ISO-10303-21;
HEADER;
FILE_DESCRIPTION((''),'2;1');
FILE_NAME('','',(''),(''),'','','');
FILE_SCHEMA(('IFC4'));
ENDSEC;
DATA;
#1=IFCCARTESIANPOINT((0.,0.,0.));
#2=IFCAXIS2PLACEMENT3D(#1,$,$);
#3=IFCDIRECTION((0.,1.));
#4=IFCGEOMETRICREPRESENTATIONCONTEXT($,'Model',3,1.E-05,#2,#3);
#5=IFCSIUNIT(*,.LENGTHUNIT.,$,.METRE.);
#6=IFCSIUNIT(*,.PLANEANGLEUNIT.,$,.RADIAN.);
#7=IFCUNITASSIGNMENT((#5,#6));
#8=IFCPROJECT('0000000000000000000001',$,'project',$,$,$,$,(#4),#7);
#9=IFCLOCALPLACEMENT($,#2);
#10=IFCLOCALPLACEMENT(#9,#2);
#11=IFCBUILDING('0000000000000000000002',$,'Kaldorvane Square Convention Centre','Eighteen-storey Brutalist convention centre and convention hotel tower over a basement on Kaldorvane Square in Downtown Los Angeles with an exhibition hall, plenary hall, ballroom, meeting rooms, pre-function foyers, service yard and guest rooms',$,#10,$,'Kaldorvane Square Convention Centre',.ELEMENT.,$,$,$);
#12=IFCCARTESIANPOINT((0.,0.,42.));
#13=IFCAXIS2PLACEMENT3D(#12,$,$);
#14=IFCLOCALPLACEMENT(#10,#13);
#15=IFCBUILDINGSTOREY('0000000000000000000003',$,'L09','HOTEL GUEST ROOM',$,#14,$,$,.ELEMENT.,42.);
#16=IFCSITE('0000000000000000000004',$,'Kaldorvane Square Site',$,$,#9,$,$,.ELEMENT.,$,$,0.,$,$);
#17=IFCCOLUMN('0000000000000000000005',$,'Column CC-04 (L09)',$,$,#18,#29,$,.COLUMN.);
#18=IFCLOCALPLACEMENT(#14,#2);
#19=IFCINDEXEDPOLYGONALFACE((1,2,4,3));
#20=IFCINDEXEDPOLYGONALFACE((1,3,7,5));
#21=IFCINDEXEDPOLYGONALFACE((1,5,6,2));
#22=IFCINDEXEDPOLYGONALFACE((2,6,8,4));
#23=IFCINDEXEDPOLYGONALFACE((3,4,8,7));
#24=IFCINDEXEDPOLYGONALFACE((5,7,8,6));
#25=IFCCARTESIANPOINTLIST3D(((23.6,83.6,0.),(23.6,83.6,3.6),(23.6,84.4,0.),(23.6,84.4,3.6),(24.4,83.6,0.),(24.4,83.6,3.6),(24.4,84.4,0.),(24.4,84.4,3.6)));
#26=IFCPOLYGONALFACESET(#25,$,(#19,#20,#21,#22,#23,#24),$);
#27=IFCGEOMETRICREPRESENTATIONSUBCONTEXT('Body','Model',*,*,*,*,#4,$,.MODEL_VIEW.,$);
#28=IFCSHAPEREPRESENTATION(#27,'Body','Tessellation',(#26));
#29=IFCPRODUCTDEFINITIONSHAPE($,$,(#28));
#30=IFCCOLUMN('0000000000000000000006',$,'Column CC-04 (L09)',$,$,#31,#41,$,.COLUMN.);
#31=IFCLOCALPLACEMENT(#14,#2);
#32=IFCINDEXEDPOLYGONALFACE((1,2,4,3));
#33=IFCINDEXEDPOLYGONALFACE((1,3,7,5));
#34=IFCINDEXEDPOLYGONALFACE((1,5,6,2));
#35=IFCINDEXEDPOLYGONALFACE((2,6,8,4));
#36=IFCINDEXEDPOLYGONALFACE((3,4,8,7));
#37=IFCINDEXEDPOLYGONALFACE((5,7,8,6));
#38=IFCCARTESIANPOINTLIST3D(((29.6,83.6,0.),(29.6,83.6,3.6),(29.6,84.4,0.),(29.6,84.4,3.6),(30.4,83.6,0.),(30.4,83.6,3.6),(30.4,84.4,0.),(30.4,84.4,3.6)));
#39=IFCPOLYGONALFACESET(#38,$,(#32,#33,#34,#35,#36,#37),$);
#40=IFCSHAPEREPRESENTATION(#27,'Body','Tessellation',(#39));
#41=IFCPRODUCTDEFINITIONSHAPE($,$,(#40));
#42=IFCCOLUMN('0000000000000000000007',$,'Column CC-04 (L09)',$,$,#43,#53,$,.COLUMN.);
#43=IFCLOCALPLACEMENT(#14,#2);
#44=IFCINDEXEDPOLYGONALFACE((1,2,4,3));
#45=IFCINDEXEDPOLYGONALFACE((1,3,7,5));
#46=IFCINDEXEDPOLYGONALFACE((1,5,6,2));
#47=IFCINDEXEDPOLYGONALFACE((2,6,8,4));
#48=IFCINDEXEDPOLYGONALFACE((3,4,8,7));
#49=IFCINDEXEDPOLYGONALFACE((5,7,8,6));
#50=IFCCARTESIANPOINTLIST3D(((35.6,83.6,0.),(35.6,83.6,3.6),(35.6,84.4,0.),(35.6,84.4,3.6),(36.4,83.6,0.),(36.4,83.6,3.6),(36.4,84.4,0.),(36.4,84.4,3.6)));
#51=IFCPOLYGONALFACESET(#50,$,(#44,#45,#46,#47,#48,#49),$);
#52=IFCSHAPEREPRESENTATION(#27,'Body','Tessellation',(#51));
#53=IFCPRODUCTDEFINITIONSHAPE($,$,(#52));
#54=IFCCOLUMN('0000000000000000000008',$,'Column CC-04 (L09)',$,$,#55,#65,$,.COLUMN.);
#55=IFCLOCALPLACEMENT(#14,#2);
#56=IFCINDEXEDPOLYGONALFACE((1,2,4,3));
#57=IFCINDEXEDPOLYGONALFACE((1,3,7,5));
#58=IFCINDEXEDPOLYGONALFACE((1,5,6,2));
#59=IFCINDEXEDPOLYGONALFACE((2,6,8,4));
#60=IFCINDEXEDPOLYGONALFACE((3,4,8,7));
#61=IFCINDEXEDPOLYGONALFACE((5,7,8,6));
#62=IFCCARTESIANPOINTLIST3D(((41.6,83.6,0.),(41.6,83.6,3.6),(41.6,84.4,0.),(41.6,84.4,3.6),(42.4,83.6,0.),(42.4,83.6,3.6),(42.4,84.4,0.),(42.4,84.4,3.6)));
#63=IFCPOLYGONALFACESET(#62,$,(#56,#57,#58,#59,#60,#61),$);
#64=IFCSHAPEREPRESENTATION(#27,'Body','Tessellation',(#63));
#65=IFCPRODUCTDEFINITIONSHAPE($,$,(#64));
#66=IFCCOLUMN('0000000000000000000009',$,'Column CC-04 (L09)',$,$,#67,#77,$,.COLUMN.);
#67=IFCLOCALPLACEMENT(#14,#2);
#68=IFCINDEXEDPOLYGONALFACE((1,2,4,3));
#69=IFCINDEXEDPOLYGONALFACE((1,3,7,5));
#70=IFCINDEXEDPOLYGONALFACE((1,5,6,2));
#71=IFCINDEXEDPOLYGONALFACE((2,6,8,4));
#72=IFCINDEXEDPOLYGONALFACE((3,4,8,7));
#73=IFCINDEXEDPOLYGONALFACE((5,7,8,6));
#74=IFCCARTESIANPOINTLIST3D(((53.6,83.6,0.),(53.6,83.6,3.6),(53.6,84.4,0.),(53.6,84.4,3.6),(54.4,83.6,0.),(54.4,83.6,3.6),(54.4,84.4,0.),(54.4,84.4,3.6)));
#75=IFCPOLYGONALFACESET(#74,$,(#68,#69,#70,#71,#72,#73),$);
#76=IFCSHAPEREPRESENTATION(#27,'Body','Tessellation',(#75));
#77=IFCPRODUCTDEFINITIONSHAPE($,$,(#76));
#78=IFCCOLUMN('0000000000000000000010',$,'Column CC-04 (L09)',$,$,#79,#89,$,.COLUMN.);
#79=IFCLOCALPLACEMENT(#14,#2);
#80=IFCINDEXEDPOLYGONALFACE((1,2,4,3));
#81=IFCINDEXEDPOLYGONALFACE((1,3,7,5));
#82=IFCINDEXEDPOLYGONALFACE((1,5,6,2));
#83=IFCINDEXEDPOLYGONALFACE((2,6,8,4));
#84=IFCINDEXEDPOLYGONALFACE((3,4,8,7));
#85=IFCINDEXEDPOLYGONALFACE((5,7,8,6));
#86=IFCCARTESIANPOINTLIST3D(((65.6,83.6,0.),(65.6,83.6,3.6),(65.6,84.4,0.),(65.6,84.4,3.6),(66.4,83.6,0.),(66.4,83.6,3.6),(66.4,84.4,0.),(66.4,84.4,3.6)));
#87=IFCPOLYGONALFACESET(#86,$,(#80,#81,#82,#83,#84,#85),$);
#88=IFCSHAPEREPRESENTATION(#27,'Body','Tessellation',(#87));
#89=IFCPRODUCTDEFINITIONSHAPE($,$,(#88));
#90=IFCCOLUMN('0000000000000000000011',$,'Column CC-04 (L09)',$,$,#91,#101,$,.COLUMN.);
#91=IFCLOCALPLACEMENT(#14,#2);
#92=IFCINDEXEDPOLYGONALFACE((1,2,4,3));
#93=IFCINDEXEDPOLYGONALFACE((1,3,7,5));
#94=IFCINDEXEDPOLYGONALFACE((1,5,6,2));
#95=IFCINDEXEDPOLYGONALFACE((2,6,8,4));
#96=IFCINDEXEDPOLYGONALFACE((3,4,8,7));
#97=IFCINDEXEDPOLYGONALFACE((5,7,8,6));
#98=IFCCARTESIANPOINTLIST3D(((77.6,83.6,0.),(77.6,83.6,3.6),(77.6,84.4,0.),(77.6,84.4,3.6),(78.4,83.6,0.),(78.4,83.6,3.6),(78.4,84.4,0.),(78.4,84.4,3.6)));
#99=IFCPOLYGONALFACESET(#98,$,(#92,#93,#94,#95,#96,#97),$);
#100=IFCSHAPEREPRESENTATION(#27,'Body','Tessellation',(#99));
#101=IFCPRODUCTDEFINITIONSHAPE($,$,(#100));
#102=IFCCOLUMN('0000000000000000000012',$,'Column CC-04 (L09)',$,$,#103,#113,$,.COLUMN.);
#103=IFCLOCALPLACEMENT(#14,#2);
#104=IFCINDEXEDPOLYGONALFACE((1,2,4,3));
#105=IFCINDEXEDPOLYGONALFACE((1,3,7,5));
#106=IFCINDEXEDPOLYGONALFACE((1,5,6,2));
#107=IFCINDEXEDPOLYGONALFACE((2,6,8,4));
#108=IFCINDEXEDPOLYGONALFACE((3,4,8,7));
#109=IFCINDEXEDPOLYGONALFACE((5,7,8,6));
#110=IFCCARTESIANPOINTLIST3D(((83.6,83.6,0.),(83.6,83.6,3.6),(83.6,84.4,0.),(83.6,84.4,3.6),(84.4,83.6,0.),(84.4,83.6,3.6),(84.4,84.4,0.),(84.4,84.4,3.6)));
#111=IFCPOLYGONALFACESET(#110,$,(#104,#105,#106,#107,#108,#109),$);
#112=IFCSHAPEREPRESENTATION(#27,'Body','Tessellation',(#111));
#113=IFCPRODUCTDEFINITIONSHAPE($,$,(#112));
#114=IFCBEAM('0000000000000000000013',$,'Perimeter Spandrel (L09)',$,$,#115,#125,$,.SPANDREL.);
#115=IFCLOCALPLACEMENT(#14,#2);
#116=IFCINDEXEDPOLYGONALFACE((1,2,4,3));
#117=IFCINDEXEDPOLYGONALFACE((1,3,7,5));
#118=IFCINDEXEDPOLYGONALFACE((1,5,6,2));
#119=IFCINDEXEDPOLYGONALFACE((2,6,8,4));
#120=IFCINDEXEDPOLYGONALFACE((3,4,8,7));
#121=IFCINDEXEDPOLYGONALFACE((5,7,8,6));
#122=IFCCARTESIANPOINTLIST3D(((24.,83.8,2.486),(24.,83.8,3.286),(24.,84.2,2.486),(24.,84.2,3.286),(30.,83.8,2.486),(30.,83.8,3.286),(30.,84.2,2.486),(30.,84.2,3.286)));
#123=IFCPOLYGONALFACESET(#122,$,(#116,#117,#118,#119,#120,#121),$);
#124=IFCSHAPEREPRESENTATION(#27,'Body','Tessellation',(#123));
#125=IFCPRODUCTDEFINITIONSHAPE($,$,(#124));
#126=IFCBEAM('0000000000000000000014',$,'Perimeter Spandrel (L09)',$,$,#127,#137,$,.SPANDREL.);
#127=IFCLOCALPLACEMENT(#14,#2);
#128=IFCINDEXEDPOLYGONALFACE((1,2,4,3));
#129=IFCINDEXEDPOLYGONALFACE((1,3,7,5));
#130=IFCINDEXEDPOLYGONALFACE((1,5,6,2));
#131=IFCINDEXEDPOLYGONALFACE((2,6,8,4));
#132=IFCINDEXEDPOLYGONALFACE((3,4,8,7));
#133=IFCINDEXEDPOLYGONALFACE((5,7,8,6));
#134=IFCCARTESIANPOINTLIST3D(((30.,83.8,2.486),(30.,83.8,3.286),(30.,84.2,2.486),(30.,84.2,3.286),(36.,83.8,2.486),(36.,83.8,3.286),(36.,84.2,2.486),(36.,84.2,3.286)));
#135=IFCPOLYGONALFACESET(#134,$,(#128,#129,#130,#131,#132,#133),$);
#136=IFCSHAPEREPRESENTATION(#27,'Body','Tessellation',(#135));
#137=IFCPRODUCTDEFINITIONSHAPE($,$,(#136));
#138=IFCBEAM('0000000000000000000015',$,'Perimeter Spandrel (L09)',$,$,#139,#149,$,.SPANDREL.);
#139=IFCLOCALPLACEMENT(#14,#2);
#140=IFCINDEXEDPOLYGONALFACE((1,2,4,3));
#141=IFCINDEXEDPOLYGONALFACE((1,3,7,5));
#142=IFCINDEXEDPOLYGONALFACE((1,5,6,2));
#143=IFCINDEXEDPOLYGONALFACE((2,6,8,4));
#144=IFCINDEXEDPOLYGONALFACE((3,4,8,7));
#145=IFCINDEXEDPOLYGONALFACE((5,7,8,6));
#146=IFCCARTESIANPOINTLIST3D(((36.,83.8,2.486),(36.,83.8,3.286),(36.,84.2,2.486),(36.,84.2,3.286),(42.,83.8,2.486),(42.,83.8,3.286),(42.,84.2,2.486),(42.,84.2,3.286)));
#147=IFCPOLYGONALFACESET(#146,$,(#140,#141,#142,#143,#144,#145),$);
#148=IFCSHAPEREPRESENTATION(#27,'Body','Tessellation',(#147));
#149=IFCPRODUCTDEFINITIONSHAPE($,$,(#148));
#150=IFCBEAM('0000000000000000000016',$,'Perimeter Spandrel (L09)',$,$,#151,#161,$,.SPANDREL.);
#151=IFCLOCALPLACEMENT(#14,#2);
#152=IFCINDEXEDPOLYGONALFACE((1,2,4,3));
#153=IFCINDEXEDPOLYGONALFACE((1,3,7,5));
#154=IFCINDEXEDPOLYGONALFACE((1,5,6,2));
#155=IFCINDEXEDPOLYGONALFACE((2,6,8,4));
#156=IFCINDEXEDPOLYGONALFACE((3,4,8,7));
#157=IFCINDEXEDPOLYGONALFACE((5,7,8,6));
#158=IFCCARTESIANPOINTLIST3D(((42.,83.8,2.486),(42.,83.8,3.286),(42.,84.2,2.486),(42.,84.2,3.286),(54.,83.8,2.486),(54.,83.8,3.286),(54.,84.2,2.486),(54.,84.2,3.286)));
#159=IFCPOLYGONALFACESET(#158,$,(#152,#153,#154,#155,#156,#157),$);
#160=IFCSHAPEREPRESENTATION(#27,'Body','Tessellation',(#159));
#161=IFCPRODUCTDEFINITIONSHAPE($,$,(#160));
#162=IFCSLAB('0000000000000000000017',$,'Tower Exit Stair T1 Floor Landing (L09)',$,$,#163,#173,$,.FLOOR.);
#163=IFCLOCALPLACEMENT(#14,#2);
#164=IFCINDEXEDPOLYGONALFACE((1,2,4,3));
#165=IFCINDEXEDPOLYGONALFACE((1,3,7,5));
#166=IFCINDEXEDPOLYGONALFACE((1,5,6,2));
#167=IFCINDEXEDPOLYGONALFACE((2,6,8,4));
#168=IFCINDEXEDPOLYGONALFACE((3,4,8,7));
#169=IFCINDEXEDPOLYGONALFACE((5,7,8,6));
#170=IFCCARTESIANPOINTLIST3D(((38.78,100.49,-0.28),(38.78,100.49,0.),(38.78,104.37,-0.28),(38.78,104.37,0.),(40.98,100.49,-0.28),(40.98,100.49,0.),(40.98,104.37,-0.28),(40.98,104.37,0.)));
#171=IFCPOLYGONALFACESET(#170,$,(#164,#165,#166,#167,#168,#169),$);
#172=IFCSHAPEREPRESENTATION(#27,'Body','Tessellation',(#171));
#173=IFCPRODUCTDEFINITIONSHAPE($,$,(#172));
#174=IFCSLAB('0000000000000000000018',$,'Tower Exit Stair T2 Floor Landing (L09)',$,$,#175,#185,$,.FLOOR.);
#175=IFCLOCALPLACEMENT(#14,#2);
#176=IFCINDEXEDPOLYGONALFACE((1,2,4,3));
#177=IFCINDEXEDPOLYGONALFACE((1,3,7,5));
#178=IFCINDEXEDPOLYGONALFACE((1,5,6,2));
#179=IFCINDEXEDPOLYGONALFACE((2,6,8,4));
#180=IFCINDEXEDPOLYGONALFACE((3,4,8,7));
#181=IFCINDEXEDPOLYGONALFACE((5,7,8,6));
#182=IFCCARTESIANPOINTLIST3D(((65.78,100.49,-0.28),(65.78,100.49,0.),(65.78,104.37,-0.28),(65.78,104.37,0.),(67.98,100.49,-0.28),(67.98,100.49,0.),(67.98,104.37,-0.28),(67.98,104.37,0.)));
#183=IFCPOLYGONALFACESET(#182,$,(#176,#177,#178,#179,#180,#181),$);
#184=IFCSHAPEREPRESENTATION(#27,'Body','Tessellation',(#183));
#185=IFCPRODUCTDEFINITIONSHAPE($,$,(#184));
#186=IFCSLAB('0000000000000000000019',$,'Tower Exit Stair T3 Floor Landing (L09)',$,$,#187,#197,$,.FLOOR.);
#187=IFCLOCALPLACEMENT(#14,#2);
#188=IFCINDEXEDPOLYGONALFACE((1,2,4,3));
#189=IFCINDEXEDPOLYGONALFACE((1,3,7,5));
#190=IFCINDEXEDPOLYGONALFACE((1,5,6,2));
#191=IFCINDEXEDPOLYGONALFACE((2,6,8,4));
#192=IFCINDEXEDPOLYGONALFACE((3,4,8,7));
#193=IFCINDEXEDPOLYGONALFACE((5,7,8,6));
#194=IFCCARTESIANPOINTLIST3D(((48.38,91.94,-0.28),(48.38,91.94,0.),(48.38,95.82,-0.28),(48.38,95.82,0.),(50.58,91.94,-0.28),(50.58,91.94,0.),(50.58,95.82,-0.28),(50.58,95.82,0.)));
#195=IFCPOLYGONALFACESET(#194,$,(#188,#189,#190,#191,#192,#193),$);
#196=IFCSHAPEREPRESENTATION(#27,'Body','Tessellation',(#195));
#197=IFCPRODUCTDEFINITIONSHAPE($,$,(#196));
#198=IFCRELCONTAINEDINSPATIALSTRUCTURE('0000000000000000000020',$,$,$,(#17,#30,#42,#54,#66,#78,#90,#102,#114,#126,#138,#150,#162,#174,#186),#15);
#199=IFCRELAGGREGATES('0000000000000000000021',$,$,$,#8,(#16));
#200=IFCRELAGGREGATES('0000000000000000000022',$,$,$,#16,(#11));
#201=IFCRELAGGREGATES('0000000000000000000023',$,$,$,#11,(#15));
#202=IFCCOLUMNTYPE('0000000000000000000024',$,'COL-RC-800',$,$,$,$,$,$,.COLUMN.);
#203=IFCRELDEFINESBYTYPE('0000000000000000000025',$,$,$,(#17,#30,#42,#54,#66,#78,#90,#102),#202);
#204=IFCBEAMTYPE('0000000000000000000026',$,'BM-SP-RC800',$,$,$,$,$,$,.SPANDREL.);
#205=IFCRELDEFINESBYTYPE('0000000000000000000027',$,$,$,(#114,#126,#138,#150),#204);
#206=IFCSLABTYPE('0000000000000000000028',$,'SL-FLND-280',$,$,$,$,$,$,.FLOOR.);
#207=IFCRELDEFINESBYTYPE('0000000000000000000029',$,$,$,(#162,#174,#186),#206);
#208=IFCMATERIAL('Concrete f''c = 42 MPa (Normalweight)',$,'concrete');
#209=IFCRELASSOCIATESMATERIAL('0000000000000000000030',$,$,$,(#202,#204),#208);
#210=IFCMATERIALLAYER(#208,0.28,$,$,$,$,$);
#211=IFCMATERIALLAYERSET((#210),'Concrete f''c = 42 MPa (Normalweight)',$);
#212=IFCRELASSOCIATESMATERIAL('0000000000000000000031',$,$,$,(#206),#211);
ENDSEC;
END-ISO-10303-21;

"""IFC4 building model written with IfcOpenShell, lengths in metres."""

from ifc_helpers import new_model, si_unit, direction, frame, origin, origin_2d, place, context, subcontext, project, spatial, polyline, rectangle, outline, extrude, material, layer, layer_set, material_profile, profile_set, type_object, element, save


model = new_model("IFC4")

# Units and contexts
model_context = context("Model", 3, precision=1e-05, world=origin(), true_north=direction((0.0, 1.0)))
body_context = subcontext(model_context, "Body", "Model", "MODEL_VIEW")
ifc_project = project(units=[si_unit("LENGTHUNIT", "METRE"), si_unit("PLANEANGLEUNIT", "RADIAN")], contexts=[model_context])

# Site, building, storey
site_placement = place(None, origin())
site = spatial("IfcSite", under=ifc_project, at=site_placement, Name="Kaldorvane Square Site", CompositionType="ELEMENT", RefElevation=0.0)
building_placement = place(site_placement, origin())
building = spatial("IfcBuilding", under=site, at=building_placement, Name="Kaldorvane Square Convention Centre", Description="Eighteen-storey Brutalist convention centre and convention hotel tower over a basement on Kaldorvane Square in Downtown Los Angeles with an exhibition hall, plenary hall, ballroom, meeting rooms, pre-function foyers, service yard and guest rooms", LongName="Kaldorvane Square Convention Centre", CompositionType="ELEMENT")
storey_placement = place(building_placement, frame((0.0, 0.0, 42.0)))
storey = spatial("IfcBuildingStorey", under=building, at=storey_placement, Name="L09", Description="HOTEL GUEST ROOM", CompositionType="ELEMENT", Elevation=42.0)

# Columns
ifc_material = material(Name="Concrete f'c = 42 MPa (Normalweight)", Category="concrete")
ifc_material_profile_1 = material_profile(ifc_material, rectangle(XDim=0.8, YDim=0.8, at=origin_2d()), Name="RC800X800")
ifc_profile_set_1 = profile_set([ifc_material_profile_1], Name="Concrete f'c = 42 MPa (Normalweight)")
column_type = type_object("IfcColumnType", Name="COL-RC-800", PredefinedType="COLUMN", material=ifc_profile_set_1)
for number, where, z_axis, x_axis, name in (
    (1, (24.0, 84.0, 0.0), (0.0, 0.0, 1.0), (1.0, 0.0, 0.0), "Column CC-04 (L09)"),
    (2, (30.0, 84.0, 0.0), (0.0, 0.0, 1.0), (1.0, 0.0, 0.0), "Column CC-04 (L09)"),
    (3, (36.0, 84.0, 0.0), (0.0, 0.0, 1.0), (1.0, 0.0, 0.0), "Column CC-04 (L09)"),
    (4, (42.0, 84.0, 0.0), (0.0, 0.0, 1.0), (1.0, 0.0, 0.0), "Column CC-04 (L09)"),
    (5, (54.0, 84.0, 0.0), (0.0, 0.0, 1.0), (1.0, 0.0, 0.0), "Column CC-04 (L09)"),
    (6, (66.0, 84.0, 0.0), (0.0, 0.0, 1.0), (1.0, 0.0, 0.0), "Column CC-04 (L09)"),
    (7, (78.0, 84.0, 0.0), (0.0, 0.0, 1.0), (1.0, 0.0, 0.0), "Column CC-04 (L09)"),
    (8, (84.0, 84.0, 0.0), (0.0, 0.0, 1.0), (1.0, 0.0, 0.0), "Column CC-04 (L09)"),
):
    element("IfcColumn", number, at=place(storey_placement, frame(where, z_axis=z_axis, x_axis=x_axis)), inside=storey, type_object=column_type, Name=name, PredefinedType="COLUMN", context=body_context, shape_type="SweptSolid", body=[
        extrude(rectangle(XDim=0.8, YDim=0.8, at=origin_2d()), origin(), (0.0, 0.0, 1.0), 3.6),
    ])

# Beams
ifc_material_profile_2 = material_profile(ifc_material, rectangle(XDim=0.4, YDim=0.8, at=origin_2d()), Name="RCSP800X400")
ifc_profile_set_2 = profile_set([ifc_material_profile_2], Name="Concrete f'c = 42 MPa (Normalweight)")
beam_type = type_object("IfcBeamType", Name="BM-SP-RC800", PredefinedType="SPANDREL", material=ifc_profile_set_2)
for number, where, z_axis, x_axis, name in (
    (9, (24.0, 84.0, 2.886), (1.0, 0.0, 0.0), (0.0, 1.0, 0.0), "Perimeter Spandrel (L09)"),
    (10, (30.0, 84.0, 2.886), (1.0, 0.0, 0.0), (0.0, 1.0, 0.0), "Perimeter Spandrel (L09)"),
    (11, (36.0, 84.0, 2.886), (1.0, 0.0, 0.0), (0.0, 1.0, 0.0), "Perimeter Spandrel (L09)"),
):
    element("IfcBeam", number, at=place(storey_placement, frame(where, z_axis=z_axis, x_axis=x_axis)), inside=storey, type_object=beam_type, Name=name, PredefinedType="SPANDREL", context=body_context, shape_type="SweptSolid", body=[
        extrude(rectangle(XDim=0.4, YDim=0.8, at=origin_2d()), origin(), (0.0, 0.0, 1.0), 6.0),
    ])
beam_placement = place(storey_placement, frame((42.0, 84.0, 2.886), z_axis=(1.0, 0.0, 0.0), x_axis=(0.0, 1.0, 0.0)))
element("IfcBeam", 12, at=beam_placement, inside=storey, type_object=beam_type, Name="Perimeter Spandrel (L09)", PredefinedType="SPANDREL", context=body_context, shape_type="SweptSolid", body=[
    extrude(rectangle(XDim=0.4, YDim=0.8, at=origin_2d()), origin(), (0.0, 0.0, 1.0), 12.0),
])

# Slabs
ifc_layer_1 = layer(ifc_material, 0.28)
ifc_layer_set_1 = layer_set([ifc_layer_1], Name="Concrete f'c = 42 MPa (Normalweight)")
slab_type_1 = type_object("IfcSlabType", Name="SL-FLND-280", PredefinedType="FLOOR", material=ifc_layer_set_1)
slab_1_placement = place(storey_placement, frame((0.0, 0.0, -0.28)))
element("IfcSlab", 13, at=slab_1_placement, inside=storey, type_object=slab_type_1, Name="Tower Exit Stair T1 Floor Landing (L09)", PredefinedType="FLOOR", context=body_context, shape_type="SweptSolid", body=[
    extrude(outline(polyline([(38.78, 100.49), (40.98, 100.49), (40.98, 104.37), (38.78, 104.37), (38.78, 100.49)])), origin(), (0.0, 0.0, 1.0), 0.28),
])
slab_2_placement = place(storey_placement, frame((0.0, 0.0, -0.28)))
element("IfcSlab", 14, at=slab_2_placement, inside=storey, type_object=slab_type_1, Name="Tower Exit Stair T2 Floor Landing (L09)", PredefinedType="FLOOR", context=body_context, shape_type="SweptSolid", body=[
    extrude(outline(polyline([(65.78, 100.49), (67.98, 100.49), (67.98, 104.37), (65.78, 104.37), (65.78, 100.49)])), origin(), (0.0, 0.0, 1.0), 0.28),
])
slab_3_placement = place(storey_placement, frame((0.0, 0.0, -0.28)))
element("IfcSlab", 15, at=slab_3_placement, inside=storey, type_object=slab_type_1, Name="Tower Exit Stair T3 Floor Landing (L09)", PredefinedType="FLOOR", context=body_context, shape_type="SweptSolid", body=[
    extrude(outline(polyline([(48.38, 91.94), (50.58, 91.94), (50.58, 95.82), (48.38, 95.82), (48.38, 91.94)])), origin(), (0.0, 0.0, 1.0), 0.28),
])

save(model, "model.ifc")
